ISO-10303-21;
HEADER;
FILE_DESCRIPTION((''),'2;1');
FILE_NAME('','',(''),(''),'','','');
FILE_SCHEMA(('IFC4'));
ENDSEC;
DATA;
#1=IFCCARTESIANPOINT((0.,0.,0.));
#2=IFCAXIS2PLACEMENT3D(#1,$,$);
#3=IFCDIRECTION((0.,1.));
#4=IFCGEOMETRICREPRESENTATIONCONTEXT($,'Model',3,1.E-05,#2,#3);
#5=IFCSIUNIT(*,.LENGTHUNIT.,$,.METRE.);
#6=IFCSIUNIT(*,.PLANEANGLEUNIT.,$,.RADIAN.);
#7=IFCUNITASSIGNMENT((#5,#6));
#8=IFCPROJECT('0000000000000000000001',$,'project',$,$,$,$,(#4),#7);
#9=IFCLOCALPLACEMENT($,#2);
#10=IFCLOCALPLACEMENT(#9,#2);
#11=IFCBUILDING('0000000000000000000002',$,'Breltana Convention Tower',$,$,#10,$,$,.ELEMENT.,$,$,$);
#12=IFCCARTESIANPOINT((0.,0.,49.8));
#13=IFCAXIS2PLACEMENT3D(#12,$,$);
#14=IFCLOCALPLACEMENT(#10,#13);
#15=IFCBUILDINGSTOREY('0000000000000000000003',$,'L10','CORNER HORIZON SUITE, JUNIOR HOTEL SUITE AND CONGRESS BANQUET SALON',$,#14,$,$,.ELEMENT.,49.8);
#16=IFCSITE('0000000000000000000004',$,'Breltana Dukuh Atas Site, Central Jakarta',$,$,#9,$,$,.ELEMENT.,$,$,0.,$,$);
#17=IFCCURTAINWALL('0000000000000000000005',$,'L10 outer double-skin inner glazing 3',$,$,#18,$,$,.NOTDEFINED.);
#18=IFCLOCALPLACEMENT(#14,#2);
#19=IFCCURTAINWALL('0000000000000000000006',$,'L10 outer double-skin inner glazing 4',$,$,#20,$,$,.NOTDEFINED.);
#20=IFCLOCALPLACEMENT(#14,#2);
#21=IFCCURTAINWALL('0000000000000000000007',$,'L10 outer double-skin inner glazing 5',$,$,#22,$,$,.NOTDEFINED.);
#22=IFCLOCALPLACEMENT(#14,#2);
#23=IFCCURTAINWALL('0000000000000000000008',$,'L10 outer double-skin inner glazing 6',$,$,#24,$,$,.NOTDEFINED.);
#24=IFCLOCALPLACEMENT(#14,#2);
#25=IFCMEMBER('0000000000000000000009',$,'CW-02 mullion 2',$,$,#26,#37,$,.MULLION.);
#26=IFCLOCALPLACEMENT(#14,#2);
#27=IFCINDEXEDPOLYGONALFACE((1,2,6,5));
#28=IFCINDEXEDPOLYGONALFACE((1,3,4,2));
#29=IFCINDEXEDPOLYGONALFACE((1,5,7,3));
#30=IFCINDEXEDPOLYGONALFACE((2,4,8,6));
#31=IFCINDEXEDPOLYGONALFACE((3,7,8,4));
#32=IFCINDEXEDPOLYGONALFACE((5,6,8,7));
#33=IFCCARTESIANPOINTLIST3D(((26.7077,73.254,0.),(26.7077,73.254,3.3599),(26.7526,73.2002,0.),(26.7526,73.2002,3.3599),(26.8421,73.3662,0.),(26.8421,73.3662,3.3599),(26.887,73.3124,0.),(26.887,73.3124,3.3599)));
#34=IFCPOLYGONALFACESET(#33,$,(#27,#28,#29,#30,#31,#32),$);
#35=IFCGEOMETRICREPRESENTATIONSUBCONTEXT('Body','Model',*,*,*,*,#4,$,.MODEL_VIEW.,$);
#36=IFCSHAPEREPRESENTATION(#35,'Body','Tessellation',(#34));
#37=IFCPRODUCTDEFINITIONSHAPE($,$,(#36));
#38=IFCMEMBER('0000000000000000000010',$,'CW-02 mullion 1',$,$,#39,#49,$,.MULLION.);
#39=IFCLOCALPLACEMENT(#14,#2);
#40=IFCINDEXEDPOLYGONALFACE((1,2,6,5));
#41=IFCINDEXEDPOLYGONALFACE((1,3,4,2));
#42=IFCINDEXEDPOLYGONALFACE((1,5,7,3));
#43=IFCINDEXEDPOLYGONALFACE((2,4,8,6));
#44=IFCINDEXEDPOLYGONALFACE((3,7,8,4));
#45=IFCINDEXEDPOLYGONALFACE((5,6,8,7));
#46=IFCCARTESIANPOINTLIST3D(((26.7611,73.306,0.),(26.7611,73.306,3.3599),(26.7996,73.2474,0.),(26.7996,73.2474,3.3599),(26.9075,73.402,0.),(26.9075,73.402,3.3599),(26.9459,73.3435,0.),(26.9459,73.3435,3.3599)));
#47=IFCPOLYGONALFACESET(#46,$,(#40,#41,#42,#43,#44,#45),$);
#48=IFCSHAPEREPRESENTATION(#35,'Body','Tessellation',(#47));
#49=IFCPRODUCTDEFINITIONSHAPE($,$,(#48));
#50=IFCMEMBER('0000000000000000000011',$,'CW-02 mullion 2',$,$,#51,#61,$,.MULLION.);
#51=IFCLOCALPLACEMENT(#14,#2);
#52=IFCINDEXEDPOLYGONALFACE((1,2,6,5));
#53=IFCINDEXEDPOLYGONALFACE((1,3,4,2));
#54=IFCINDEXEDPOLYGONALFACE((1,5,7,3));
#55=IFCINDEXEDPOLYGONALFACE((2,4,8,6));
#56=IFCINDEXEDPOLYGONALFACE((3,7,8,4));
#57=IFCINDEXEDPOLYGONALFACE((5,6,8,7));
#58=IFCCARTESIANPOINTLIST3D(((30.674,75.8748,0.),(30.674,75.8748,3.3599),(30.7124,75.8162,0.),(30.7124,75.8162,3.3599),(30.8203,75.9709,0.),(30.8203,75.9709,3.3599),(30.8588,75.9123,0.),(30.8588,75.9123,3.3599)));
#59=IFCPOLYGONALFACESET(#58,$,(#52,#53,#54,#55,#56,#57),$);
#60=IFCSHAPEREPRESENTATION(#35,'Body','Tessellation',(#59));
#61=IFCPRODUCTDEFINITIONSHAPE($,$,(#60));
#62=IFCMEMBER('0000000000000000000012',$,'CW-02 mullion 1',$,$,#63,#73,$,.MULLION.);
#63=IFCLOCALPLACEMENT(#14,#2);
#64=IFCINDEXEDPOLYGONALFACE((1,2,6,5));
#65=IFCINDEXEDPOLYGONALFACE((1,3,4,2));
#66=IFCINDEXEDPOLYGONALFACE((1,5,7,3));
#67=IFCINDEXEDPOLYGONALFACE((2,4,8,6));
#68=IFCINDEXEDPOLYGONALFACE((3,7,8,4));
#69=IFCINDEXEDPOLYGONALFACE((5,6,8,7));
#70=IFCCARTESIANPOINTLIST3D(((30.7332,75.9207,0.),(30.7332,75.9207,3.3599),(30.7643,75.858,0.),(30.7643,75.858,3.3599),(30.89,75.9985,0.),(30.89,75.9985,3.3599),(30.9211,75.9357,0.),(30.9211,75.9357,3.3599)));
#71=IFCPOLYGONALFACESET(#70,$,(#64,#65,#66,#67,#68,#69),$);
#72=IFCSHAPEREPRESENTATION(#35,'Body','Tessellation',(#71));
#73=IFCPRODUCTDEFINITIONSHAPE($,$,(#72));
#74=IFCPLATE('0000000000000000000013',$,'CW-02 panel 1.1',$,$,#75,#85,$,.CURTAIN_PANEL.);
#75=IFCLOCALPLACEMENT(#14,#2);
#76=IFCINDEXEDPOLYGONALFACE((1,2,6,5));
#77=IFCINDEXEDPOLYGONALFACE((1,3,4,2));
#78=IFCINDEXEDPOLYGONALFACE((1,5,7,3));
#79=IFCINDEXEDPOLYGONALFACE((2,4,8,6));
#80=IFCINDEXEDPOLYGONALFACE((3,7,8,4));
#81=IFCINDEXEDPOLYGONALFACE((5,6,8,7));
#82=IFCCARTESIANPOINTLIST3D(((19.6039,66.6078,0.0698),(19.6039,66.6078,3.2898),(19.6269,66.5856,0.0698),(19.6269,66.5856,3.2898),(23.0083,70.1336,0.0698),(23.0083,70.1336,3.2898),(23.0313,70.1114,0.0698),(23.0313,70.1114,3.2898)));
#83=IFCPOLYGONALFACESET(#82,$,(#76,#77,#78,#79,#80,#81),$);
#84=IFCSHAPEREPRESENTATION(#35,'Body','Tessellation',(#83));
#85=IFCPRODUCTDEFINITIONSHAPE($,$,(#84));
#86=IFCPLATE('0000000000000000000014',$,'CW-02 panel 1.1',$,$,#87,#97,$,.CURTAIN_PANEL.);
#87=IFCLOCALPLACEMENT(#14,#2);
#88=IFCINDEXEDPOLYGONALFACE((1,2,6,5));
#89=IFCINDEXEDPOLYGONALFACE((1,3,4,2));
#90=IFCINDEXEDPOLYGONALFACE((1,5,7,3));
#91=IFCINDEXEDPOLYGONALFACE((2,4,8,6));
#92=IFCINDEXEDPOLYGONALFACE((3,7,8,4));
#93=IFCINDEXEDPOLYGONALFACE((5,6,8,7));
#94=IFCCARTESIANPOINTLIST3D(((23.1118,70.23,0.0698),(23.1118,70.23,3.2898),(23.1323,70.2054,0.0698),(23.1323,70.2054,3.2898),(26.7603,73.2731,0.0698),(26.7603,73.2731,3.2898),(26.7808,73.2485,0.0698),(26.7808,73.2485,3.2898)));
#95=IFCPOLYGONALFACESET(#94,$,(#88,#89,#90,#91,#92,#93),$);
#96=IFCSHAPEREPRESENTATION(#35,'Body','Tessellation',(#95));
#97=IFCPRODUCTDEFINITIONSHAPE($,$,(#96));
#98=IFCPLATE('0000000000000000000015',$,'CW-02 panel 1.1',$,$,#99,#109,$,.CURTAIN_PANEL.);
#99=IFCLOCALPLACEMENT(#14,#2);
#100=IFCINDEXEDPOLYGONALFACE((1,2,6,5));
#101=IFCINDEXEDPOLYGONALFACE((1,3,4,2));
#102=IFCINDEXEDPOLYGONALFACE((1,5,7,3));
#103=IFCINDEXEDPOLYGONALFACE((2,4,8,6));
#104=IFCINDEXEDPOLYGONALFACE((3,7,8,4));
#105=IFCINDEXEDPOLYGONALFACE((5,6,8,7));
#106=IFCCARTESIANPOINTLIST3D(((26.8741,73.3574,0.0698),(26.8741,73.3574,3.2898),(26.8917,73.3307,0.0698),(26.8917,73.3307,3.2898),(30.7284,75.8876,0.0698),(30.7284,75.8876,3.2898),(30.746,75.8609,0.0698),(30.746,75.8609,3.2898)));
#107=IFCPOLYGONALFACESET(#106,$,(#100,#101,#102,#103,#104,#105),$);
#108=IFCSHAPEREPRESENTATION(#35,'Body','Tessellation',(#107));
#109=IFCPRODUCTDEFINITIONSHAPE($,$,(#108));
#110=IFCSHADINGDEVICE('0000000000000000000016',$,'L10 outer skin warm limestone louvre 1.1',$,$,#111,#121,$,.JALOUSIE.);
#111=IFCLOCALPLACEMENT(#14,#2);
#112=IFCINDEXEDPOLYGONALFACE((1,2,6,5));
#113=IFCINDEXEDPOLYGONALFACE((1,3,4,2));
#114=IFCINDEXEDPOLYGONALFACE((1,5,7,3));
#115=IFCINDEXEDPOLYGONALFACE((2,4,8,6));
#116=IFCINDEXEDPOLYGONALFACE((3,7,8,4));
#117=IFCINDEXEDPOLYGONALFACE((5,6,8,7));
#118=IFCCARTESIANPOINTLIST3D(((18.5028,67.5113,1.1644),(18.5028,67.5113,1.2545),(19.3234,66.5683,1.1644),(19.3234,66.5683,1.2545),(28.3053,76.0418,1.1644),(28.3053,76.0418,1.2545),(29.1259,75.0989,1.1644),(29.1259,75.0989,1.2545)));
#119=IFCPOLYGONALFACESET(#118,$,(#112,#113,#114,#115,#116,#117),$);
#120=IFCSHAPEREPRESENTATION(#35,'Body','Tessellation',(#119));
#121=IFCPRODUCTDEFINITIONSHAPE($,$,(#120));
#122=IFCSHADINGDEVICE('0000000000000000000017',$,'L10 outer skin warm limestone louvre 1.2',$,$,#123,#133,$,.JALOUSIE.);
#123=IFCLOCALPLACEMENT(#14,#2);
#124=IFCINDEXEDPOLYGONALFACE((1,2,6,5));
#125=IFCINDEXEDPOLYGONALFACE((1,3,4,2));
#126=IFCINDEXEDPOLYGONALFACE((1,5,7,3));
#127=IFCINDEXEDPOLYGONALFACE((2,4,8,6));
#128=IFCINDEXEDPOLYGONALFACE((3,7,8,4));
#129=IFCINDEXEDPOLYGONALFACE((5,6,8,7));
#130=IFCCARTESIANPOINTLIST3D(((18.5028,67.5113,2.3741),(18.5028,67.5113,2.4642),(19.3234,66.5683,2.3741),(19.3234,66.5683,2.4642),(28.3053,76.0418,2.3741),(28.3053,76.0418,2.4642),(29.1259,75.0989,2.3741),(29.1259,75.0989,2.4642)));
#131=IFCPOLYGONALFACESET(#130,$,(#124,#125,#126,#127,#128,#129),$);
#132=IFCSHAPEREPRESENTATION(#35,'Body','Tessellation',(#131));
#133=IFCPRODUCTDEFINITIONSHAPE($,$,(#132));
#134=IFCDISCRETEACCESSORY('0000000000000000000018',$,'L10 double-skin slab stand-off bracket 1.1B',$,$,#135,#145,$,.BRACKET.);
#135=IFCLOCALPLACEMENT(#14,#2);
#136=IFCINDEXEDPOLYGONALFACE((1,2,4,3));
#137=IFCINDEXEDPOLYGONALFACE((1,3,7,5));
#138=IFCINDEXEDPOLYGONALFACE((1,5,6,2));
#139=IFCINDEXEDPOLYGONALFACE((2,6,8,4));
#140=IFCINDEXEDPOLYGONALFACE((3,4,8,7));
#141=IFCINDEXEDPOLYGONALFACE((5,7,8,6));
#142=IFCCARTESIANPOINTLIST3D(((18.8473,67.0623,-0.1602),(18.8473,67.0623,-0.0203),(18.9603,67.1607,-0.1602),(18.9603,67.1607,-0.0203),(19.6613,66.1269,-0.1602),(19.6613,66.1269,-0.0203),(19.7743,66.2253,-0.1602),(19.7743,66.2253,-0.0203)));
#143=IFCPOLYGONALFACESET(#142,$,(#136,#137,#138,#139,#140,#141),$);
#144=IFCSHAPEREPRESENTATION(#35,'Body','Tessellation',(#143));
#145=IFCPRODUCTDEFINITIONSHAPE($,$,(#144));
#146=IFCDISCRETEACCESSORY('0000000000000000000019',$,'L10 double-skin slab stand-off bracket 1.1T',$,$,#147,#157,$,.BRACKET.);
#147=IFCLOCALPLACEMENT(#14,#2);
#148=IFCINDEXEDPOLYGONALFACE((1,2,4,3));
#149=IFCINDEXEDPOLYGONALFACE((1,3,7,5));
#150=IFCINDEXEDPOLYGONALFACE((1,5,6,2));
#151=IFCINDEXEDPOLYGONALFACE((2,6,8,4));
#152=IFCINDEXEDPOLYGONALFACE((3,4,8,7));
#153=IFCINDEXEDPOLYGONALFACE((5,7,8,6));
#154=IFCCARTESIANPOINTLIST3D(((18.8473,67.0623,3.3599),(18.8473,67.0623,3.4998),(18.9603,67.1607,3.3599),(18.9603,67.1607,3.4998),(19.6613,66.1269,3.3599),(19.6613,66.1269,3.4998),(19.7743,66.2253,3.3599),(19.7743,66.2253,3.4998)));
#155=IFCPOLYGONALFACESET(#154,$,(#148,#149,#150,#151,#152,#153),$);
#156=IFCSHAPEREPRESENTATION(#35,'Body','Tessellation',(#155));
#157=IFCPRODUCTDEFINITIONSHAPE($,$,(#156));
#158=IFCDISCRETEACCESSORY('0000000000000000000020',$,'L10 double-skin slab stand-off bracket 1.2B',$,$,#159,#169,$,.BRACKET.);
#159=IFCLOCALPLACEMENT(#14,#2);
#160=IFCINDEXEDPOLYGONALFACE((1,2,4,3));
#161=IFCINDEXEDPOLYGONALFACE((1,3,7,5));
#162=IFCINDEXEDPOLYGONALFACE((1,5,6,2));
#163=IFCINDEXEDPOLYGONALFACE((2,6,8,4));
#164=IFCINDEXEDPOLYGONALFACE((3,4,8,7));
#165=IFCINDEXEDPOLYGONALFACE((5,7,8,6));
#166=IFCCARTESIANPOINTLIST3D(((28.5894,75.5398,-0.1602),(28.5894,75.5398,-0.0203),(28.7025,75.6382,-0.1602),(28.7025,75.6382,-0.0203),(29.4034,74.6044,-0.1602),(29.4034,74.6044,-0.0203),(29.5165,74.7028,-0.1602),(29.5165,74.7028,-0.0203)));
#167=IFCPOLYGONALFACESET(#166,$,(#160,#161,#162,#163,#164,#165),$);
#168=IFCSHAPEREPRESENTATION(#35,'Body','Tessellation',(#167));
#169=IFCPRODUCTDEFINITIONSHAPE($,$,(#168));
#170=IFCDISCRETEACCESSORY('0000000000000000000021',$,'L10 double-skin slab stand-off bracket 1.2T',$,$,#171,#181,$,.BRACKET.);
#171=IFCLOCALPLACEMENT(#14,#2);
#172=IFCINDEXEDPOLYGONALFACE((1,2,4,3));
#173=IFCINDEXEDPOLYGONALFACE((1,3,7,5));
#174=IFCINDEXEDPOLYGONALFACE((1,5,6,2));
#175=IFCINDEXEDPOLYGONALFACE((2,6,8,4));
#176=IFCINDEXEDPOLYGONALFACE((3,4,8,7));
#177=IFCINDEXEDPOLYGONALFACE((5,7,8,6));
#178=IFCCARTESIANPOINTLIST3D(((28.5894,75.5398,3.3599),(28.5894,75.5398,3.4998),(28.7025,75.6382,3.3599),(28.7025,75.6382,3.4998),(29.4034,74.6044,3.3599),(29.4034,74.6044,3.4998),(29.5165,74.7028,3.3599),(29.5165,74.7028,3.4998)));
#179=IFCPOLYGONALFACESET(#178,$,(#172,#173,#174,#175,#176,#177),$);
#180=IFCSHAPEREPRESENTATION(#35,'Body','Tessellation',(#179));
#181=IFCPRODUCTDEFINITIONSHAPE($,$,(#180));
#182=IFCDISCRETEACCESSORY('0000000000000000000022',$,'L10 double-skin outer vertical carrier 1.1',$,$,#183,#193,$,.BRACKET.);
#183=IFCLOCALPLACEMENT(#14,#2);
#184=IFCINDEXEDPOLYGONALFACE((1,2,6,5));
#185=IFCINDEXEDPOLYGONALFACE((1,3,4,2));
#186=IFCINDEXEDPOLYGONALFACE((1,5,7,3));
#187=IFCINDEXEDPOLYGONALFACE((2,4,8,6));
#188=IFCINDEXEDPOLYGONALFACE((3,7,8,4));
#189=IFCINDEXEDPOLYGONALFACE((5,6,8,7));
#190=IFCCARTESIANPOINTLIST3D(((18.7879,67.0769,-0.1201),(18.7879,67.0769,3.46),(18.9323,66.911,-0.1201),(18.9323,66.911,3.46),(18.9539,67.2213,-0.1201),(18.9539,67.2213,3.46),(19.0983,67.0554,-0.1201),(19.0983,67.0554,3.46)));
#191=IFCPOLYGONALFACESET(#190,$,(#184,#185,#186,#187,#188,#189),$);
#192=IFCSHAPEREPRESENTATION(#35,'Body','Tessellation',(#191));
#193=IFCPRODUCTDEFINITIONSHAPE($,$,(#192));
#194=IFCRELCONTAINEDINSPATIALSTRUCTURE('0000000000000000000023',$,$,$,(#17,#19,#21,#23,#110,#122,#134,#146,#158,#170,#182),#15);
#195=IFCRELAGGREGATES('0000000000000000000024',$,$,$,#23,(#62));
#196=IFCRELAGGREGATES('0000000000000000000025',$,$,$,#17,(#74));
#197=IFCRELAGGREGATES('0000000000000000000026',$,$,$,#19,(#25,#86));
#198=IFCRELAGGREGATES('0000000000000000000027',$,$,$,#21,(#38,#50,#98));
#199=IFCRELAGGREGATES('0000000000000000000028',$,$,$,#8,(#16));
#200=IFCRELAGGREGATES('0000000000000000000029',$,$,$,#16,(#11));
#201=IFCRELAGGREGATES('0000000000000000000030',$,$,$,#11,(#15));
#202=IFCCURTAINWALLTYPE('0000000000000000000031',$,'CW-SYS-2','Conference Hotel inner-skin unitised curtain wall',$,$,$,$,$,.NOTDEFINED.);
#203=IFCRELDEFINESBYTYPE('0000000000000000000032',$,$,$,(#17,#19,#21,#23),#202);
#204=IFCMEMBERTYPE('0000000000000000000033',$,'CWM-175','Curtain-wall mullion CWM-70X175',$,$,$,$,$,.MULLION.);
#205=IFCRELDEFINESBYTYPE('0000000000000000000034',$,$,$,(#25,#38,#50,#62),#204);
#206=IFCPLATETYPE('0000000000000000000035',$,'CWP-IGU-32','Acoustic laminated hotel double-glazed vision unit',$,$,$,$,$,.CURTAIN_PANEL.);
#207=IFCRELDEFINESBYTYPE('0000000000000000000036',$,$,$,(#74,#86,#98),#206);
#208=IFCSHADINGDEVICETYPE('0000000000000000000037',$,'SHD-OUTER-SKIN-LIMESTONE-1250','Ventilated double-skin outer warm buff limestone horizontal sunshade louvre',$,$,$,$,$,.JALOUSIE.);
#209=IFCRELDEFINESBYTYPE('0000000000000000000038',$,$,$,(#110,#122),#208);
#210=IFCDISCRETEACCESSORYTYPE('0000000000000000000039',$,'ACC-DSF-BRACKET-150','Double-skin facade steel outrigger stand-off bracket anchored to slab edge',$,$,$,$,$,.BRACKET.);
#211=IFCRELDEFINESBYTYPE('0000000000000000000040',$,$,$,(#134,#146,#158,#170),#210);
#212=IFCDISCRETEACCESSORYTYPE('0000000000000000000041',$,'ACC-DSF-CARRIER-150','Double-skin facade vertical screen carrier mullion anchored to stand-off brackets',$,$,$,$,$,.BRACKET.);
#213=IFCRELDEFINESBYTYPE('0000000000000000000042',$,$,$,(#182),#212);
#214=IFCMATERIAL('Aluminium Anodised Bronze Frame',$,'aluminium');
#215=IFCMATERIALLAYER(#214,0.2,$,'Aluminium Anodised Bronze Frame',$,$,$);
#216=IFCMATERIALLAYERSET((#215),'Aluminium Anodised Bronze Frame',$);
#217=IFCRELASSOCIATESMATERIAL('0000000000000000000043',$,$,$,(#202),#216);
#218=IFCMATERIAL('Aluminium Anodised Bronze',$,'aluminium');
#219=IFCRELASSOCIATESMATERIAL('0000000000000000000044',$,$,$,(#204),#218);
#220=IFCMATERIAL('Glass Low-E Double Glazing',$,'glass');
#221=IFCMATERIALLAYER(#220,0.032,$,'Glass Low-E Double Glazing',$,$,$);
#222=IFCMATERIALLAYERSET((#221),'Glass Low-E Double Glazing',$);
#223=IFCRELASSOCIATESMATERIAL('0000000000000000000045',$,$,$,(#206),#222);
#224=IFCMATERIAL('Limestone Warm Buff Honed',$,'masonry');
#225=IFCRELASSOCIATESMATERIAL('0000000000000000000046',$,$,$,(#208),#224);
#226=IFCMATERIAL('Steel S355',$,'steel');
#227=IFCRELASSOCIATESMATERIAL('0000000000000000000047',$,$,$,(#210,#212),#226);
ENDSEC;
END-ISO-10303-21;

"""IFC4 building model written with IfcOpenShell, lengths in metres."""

from ifc_helpers import new_model, si_unit, direction, frame, origin, origin_2d, place, context, subcontext, project, spatial, rectangle, extrude, source, transform, mapped, material, layer, layer_set, material_profile, profile_set, type_object, type_shapes, element, aggregate, save


model = new_model("IFC4")

# Units and contexts
model_context = context("Model", 3, precision=1e-05, world=origin(), true_north=direction((0.0, 1.0)))
body_context = subcontext(model_context, "Body", "Model", "MODEL_VIEW")
ifc_project = project(units=[si_unit("LENGTHUNIT", "METRE"), si_unit("PLANEANGLEUNIT", "RADIAN")], contexts=[model_context])

# Site, building, storey
site_placement = place(None, origin())
site = spatial("IfcSite", under=ifc_project, at=site_placement, Name="Breltana Dukuh Atas Site, Central Jakarta", CompositionType="ELEMENT", RefElevation=0.0)
building_placement = place(site_placement, origin())
building = spatial("IfcBuilding", under=site, at=building_placement, Name="Breltana Convention Tower", CompositionType="ELEMENT")
storey_placement = place(building_placement, frame((0.0, 0.0, 49.8)))
storey = spatial("IfcBuildingStorey", under=building, at=storey_placement, Name="L10", Description="CORNER HORIZON SUITE, JUNIOR HOTEL SUITE AND CONGRESS BANQUET SALON", CompositionType="ELEMENT", Elevation=49.8)

# Curtain walls
ifc_material_1 = material(Name="Aluminium Anodised Bronze Frame", Category="aluminium")
ifc_layer_1 = layer(ifc_material_1, 0.2, Name="Aluminium Anodised Bronze Frame")
ifc_layer_set_1 = layer_set([ifc_layer_1], Name="Aluminium Anodised Bronze Frame")
curtain_wall_type = type_object("IfcCurtainWallType", Name="CW-SYS-2", Description="Conference Hotel inner-skin unitised curtain wall", PredefinedType="NOTDEFINED", material=ifc_layer_set_1)
curtain_wall_1_placement = place(storey_placement, origin())
curtain_wall_1 = element("IfcCurtainWall", 1, at=curtain_wall_1_placement, inside=storey, type_object=curtain_wall_type, Name="L10 outer double-skin inner glazing 3", PredefinedType="NOTDEFINED")
ifc_material_2 = material(Name="Aluminium Anodised Bronze", Category="aluminium")
curtain_wall_2_placement = place(storey_placement, origin())
curtain_wall_2 = element("IfcCurtainWall", 2, at=curtain_wall_2_placement, inside=storey, type_object=curtain_wall_type, Name="L10 outer double-skin inner glazing 4", PredefinedType="NOTDEFINED")
curtain_wall_3_placement = place(storey_placement, origin())
curtain_wall_3 = element("IfcCurtainWall", 3, at=curtain_wall_3_placement, inside=storey, type_object=curtain_wall_type, Name="L10 outer double-skin inner glazing 5", PredefinedType="NOTDEFINED")
curtain_wall_4_placement = place(storey_placement, origin())
curtain_wall_4 = element("IfcCurtainWall", 4, at=curtain_wall_4_placement, inside=storey, type_object=curtain_wall_type, Name="L10 outer double-skin inner glazing 6", PredefinedType="NOTDEFINED")

# Members
ifc_material_profile_1 = material_profile(ifc_material_2, rectangle(XDim=0.0701, YDim=0.175, at=origin_2d()), Name="CWM-70X175")
ifc_profile_set_1 = profile_set([ifc_material_profile_1], Name="Aluminium Anodised Bronze")
member_type_1 = type_object("IfcMemberType", Name="CWM-175", Description="Curtain-wall mullion CWM-70X175", PredefinedType="MULLION", material=ifc_profile_set_1)
shared_shape_1 = source(origin(), body_context, "Body", "SweptSolid", [
    extrude(rectangle(XDim=0.0701, YDim=0.175, at=origin_2d()), origin(), (0.0, 0.0, 1.0), 3.3599),
])
member_1_placement = place(storey_placement, frame((26.7974, 73.2832, 0.0), z_axis=(0.0, 0.0, 1.0), x_axis=(-0.64052, 0.767941, 0.0)))
member_1 = element("IfcMember", 5, at=member_1_placement, type_object=member_type_1, Name="CW-02 mullion 2", PredefinedType="MULLION", context=body_context, shape_type="MappedRepresentation", body=[
    mapped(shared_shape_1, transform((0.0, 0.0, 0.0), scale=1.0)),
])
member_2_placement = place(storey_placement, frame((26.8535, 73.3247, 0.0), z_axis=(0.0, 0.0, 1.0), x_axis=(-0.548784, 0.835964, 0.0)))
member_2 = element("IfcMember", 6, at=member_2_placement, type_object=member_type_1, Name="CW-02 mullion 1", PredefinedType="MULLION", context=body_context, shape_type="MappedRepresentation", body=[
    mapped(shared_shape_1, transform((0.0, 0.0, 0.0), scale=1.0)),
])
member_3_placement = place(storey_placement, frame((30.7664, 75.8936, 0.0), z_axis=(0.0, 0.0, 1.0), x_axis=(-0.548784, 0.835964, 0.0)))
member_3 = element("IfcMember", 7, at=member_3_placement, type_object=member_type_1, Name="CW-02 mullion 2", PredefinedType="MULLION", context=body_context, shape_type="MappedRepresentation", body=[
    mapped(shared_shape_1, transform((0.0, 0.0, 0.0), scale=1.0)),
])
member_4_placement = place(storey_placement, frame((30.8271, 75.9282, 0.0), z_axis=(0.0, 0.0, 1.0), x_axis=(-0.444108, 0.895973, 0.0)))
member_4 = element("IfcMember", 8, at=member_4_placement, type_object=member_type_1, Name="CW-02 mullion 1", PredefinedType="MULLION", context=body_context, shape_type="MappedRepresentation", body=[
    mapped(shared_shape_1, transform((0.0, 0.0, 0.0), scale=1.0)),
])
aggregate(curtain_wall_4, [member_4])

# Plates
ifc_material_3 = material(Name="Glass Low-E Double Glazing", Category="glass")
ifc_layer_2 = layer(ifc_material_3, 0.032, Name="Glass Low-E Double Glazing")
ifc_layer_set_2 = layer_set([ifc_layer_2], Name="Glass Low-E Double Glazing")
plate_type = type_object("IfcPlateType", Name="CWP-IGU-32", Description="Acoustic laminated hotel double-glazed vision unit", PredefinedType="CURTAIN_PANEL", material=ifc_layer_set_2)
shared_shape_2 = source(origin(), body_context, "Body", "SweptSolid", [
    extrude(rectangle(XDim=4.9011, YDim=0.032, at=origin_2d()), origin(), (0.0, 0.0, 1.0), 3.22),
])
plate_1_placement = place(storey_placement, frame((21.3176, 68.3596, 0.0698), z_axis=(0.0, 0.0, 1.0), x_axis=(0.69461, 0.719386, 0.0)))
plate_1 = element("IfcPlate", 9, at=plate_1_placement, type_object=plate_type, Name="CW-02 panel 1.1", PredefinedType="CURTAIN_PANEL", context=body_context, shape_type="MappedRepresentation", body=[
    mapped(shared_shape_2, transform((0.0, 0.0, 0.0), scale=1.0)),
])
aggregate(curtain_wall_1, [plate_1])
shared_shape_3 = source(origin(), body_context, "Body", "SweptSolid", [
    extrude(rectangle(XDim=4.751, YDim=0.032, at=origin_2d()), origin(), (0.0, 0.0, 1.0), 3.22),
])
plate_2_placement = place(storey_placement, frame((24.9463, 71.7393, 0.0698), z_axis=(0.0, 0.0, 1.0), x_axis=(0.767941, 0.64052, 0.0)))
plate_2 = element("IfcPlate", 10, at=plate_2_placement, type_object=plate_type, Name="CW-02 panel 1.1", PredefinedType="CURTAIN_PANEL", context=body_context, shape_type="MappedRepresentation", body=[
    mapped(shared_shape_3, transform((0.0, 0.0, 0.0), scale=1.0)),
])
aggregate(curtain_wall_2, [member_1, plate_2])
shared_shape_4 = source(origin(), body_context, "Body", "SweptSolid", [
    extrude(rectangle(XDim=4.6106, YDim=0.032, at=origin_2d()), origin(), (0.0, 0.0, 1.0), 3.22),
])
plate_3_placement = place(storey_placement, frame((28.8101, 74.6091, 0.0698), z_axis=(0.0, 0.0, 1.0), x_axis=(0.835964, 0.548784, 0.0)))
plate_3 = element("IfcPlate", 11, at=plate_3_placement, type_object=plate_type, Name="CW-02 panel 1.1", PredefinedType="CURTAIN_PANEL", context=body_context, shape_type="MappedRepresentation", body=[
    mapped(shared_shape_4, transform((0.0, 0.0, 0.0), scale=1.0)),
])
aggregate(curtain_wall_3, [member_2, member_3, plate_3])

# Shading devices
ifc_material_4 = material(Name="Limestone Warm Buff Honed", Category="masonry")
ifc_material_profile_2 = material_profile(ifc_material_4, rectangle(XDim=1.25, YDim=0.0901, at=origin_2d()), Name="STN-LVR-1250X90")
ifc_profile_set_2 = profile_set([ifc_material_profile_2], Name="Limestone Warm Buff Honed")
shading_device_type = type_object("IfcShadingDeviceType", Name="SHD-OUTER-SKIN-LIMESTONE-1250", Description="Ventilated double-skin outer warm buff limestone horizontal sunshade louvre", PredefinedType="JALOUSIE", material=ifc_profile_set_2)
shared_shape_5 = source(origin(), body_context, "Body", "SweptSolid", [
    extrude(rectangle(XDim=1.25, YDim=0.0901, at=origin_2d()), origin(), (0.0, 0.0, 1.0), 12.9946),
])
type_shapes(shading_device_type, [shared_shape_5])
for number, where, z_axis, x_axis, name in (
    (12, (18.9131, 67.0398, 1.2095), (0.754353, 0.656468, 0.0), (-0.656468, 0.754353, 0.0), "L10 outer skin warm limestone louvre 1.1"),
    (13, (18.9131, 67.0398, 2.4192), (0.754353, 0.656468, 0.0), (-0.656468, 0.754353, 0.0), "L10 outer skin warm limestone louvre 1.2"),
):
    element("IfcShadingDevice", number, at=place(storey_placement, frame(where, z_axis=z_axis, x_axis=x_axis)), inside=storey, type_object=shading_device_type, Name=name, PredefinedType="JALOUSIE", context=body_context, shape_type="MappedRepresentation", body=[
        mapped(shared_shape_5, transform((0.0, 0.0, 0.0), scale=1.0)),
    ])

# Discrete accessories
ifc_material_5 = material(Name="Steel S355", Category="steel")
discrete_accessory_type_1 = type_object("IfcDiscreteAccessoryType", Name="ACC-DSF-BRACKET-150", Description="Double-skin facade steel outrigger stand-off bracket anchored to slab edge", PredefinedType="BRACKET", material=ifc_material_5)
shared_shape_6 = source(origin(), body_context, "Body", "SweptSolid", [
    extrude(rectangle(XDim=1.24, YDim=0.1499, at=origin_2d()), origin(), (0.0, 0.0, 1.0), 0.1399),
])
type_shapes(discrete_accessory_type_1, [shared_shape_6])
for number, where, z_axis, x_axis, name in (
    (14, (19.3108, 66.6438, -0.1602), (0.0, 0.0, 1.0), (-0.656457, 0.754364, 0.0), "L10 double-skin slab stand-off bracket 1.1B"),
    (15, (19.3108, 66.6438, 3.3599), (0.0, 0.0, 1.0), (-0.656457, 0.754364, 0.0), "L10 double-skin slab stand-off bracket 1.1T"),
    (16, (29.053, 75.1213, -0.1602), (0.0, 0.0, 1.0), (-0.656457, 0.754364, 0.0), "L10 double-skin slab stand-off bracket 1.2B"),
    (17, (29.053, 75.1213, 3.3599), (0.0, 0.0, 1.0), (-0.656457, 0.754364, 0.0), "L10 double-skin slab stand-off bracket 1.2T"),
):
    element("IfcDiscreteAccessory", number, at=place(storey_placement, frame(where, z_axis=z_axis, x_axis=x_axis)), inside=storey, type_object=discrete_accessory_type_1, Name=name, PredefinedType="BRACKET", context=body_context, shape_type="MappedRepresentation", body=[
        mapped(shared_shape_6, transform((0.0, 0.0, 0.0), scale=1.0)),
    ])
discrete_accessory_type_2 = type_object("IfcDiscreteAccessoryType", Name="ACC-DSF-CARRIER-150", Description="Double-skin facade vertical screen carrier mullion anchored to stand-off brackets", PredefinedType="BRACKET", material=ifc_material_5)
shared_shape_7 = source(origin(), body_context, "Body", "SweptSolid", [
    extrude(rectangle(XDim=0.22, YDim=0.22, at=origin_2d()), origin(), (0.0, 0.0, 1.0), 3.5801),
])
for number, where, z_axis, x_axis, name in (
    (18, (18.9431, 67.0662, -0.1201), (0.0, 0.0, 1.0), (-0.656457, 0.754364, 0.0), "L10 double-skin outer vertical carrier 1.1"),
):
    element("IfcDiscreteAccessory", number, at=place(storey_placement, frame(where, z_axis=z_axis, x_axis=x_axis)), inside=storey, type_object=discrete_accessory_type_2, Name=name, PredefinedType="BRACKET", context=body_context, shape_type="MappedRepresentation", body=[
        mapped(shared_shape_7, transform((0.0, 0.0, 0.0), scale=1.0)),
    ])

save(model, "model.ifc")
